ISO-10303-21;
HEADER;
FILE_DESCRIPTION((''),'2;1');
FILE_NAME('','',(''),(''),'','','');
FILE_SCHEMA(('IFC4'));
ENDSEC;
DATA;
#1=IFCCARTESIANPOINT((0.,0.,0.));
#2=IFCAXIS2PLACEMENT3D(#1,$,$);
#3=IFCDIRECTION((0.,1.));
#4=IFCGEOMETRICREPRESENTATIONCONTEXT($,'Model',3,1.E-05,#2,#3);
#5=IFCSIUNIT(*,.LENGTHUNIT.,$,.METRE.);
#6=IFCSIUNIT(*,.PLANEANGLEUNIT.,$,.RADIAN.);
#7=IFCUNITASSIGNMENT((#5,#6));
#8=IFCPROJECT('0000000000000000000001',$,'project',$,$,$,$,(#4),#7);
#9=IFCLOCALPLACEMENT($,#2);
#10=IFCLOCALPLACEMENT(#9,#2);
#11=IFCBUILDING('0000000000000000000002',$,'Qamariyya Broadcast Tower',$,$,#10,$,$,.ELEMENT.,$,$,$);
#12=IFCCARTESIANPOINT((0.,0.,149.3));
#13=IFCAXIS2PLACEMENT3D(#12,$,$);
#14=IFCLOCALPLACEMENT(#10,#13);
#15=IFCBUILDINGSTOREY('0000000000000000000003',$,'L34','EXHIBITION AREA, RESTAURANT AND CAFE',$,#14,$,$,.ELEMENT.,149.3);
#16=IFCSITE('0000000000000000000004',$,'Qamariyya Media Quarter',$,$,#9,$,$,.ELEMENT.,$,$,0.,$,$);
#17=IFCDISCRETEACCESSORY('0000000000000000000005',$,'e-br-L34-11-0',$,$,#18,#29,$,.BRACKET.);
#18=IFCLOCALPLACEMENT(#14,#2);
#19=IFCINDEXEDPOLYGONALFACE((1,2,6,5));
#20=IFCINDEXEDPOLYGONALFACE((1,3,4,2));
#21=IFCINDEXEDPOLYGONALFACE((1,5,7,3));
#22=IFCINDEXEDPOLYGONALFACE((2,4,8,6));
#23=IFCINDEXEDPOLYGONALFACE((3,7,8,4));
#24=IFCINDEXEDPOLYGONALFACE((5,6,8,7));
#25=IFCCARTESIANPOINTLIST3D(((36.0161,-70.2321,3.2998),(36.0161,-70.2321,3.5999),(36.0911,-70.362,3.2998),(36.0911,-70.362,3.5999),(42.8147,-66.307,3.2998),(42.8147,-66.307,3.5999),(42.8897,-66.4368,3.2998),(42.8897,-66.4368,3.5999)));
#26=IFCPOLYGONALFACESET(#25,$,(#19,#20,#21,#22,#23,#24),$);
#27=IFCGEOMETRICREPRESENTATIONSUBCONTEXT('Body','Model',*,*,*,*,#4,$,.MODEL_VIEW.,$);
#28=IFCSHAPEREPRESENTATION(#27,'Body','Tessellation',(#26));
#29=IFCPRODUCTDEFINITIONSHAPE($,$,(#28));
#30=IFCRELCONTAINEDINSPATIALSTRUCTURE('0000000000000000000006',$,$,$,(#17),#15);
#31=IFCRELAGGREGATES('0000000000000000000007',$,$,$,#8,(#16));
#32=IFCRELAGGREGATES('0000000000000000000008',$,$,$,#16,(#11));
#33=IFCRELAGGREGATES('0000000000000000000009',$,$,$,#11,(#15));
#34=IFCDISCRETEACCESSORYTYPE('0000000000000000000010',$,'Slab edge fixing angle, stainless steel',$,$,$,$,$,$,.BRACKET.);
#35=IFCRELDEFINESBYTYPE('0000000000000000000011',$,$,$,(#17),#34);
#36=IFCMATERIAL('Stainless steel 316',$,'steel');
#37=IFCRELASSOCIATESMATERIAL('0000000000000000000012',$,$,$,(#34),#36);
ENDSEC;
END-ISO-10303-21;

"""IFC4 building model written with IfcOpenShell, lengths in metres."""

from ifc_helpers import new_model, si_unit, direction, frame, origin, origin_2d, place, context, subcontext, project, spatial, rectangle, extrude, material, type_object, element, save


model = new_model("IFC4")

# Units and contexts
model_context = context("Model", 3, precision=1e-05, world=origin(), true_north=direction((0.0, 1.0)))
body_context = subcontext(model_context, "Body", "Model", "MODEL_VIEW")
ifc_project = project(units=[si_unit("LENGTHUNIT", "METRE"), si_unit("PLANEANGLEUNIT", "RADIAN")], contexts=[model_context])

# Site, building, storey
site_placement = place(None, origin())
site = spatial("IfcSite", under=ifc_project, at=site_placement, Name="Qamariyya Media Quarter", CompositionType="ELEMENT", RefElevation=0.0)
building_placement = place(site_placement, origin())
building = spatial("IfcBuilding", under=site, at=building_placement, Name="Qamariyya Broadcast Tower", CompositionType="ELEMENT")
storey_placement = place(building_placement, frame((0.0, 0.0, 149.3)))
storey = spatial("IfcBuildingStorey", under=building, at=storey_placement, Name="L34", Description="EXHIBITION AREA, RESTAURANT AND CAFE", CompositionType="ELEMENT", Elevation=149.3)

# Discrete accessory
ifc_material_1 = material(Name="Stainless steel 316", Category="steel")
discrete_accessory_type = type_object("IfcDiscreteAccessoryType", Name="Slab edge fixing angle, stainless steel", PredefinedType="BRACKET", material=ifc_material_1)
discrete_accessory_placement = place(storey_placement, frame((39.4529, -68.3345, 3.2998), z_axis=(0.0, 0.0, 1.0), x_axis=(0.866025, 0.5, 0.0)))
element("IfcDiscreteAccessory", 1, at=discrete_accessory_placement, inside=storey, type_object=discrete_accessory_type, Name="e-br-L34-11-0", PredefinedType="BRACKET", context=body_context, shape_type="SweptSolid", body=[
    extrude(rectangle(XDim=7.8503, YDim=0.1499, at=origin_2d()), origin(), (0.0, 0.0, 1.0), 0.3),
])

save(model, "model.ifc")
